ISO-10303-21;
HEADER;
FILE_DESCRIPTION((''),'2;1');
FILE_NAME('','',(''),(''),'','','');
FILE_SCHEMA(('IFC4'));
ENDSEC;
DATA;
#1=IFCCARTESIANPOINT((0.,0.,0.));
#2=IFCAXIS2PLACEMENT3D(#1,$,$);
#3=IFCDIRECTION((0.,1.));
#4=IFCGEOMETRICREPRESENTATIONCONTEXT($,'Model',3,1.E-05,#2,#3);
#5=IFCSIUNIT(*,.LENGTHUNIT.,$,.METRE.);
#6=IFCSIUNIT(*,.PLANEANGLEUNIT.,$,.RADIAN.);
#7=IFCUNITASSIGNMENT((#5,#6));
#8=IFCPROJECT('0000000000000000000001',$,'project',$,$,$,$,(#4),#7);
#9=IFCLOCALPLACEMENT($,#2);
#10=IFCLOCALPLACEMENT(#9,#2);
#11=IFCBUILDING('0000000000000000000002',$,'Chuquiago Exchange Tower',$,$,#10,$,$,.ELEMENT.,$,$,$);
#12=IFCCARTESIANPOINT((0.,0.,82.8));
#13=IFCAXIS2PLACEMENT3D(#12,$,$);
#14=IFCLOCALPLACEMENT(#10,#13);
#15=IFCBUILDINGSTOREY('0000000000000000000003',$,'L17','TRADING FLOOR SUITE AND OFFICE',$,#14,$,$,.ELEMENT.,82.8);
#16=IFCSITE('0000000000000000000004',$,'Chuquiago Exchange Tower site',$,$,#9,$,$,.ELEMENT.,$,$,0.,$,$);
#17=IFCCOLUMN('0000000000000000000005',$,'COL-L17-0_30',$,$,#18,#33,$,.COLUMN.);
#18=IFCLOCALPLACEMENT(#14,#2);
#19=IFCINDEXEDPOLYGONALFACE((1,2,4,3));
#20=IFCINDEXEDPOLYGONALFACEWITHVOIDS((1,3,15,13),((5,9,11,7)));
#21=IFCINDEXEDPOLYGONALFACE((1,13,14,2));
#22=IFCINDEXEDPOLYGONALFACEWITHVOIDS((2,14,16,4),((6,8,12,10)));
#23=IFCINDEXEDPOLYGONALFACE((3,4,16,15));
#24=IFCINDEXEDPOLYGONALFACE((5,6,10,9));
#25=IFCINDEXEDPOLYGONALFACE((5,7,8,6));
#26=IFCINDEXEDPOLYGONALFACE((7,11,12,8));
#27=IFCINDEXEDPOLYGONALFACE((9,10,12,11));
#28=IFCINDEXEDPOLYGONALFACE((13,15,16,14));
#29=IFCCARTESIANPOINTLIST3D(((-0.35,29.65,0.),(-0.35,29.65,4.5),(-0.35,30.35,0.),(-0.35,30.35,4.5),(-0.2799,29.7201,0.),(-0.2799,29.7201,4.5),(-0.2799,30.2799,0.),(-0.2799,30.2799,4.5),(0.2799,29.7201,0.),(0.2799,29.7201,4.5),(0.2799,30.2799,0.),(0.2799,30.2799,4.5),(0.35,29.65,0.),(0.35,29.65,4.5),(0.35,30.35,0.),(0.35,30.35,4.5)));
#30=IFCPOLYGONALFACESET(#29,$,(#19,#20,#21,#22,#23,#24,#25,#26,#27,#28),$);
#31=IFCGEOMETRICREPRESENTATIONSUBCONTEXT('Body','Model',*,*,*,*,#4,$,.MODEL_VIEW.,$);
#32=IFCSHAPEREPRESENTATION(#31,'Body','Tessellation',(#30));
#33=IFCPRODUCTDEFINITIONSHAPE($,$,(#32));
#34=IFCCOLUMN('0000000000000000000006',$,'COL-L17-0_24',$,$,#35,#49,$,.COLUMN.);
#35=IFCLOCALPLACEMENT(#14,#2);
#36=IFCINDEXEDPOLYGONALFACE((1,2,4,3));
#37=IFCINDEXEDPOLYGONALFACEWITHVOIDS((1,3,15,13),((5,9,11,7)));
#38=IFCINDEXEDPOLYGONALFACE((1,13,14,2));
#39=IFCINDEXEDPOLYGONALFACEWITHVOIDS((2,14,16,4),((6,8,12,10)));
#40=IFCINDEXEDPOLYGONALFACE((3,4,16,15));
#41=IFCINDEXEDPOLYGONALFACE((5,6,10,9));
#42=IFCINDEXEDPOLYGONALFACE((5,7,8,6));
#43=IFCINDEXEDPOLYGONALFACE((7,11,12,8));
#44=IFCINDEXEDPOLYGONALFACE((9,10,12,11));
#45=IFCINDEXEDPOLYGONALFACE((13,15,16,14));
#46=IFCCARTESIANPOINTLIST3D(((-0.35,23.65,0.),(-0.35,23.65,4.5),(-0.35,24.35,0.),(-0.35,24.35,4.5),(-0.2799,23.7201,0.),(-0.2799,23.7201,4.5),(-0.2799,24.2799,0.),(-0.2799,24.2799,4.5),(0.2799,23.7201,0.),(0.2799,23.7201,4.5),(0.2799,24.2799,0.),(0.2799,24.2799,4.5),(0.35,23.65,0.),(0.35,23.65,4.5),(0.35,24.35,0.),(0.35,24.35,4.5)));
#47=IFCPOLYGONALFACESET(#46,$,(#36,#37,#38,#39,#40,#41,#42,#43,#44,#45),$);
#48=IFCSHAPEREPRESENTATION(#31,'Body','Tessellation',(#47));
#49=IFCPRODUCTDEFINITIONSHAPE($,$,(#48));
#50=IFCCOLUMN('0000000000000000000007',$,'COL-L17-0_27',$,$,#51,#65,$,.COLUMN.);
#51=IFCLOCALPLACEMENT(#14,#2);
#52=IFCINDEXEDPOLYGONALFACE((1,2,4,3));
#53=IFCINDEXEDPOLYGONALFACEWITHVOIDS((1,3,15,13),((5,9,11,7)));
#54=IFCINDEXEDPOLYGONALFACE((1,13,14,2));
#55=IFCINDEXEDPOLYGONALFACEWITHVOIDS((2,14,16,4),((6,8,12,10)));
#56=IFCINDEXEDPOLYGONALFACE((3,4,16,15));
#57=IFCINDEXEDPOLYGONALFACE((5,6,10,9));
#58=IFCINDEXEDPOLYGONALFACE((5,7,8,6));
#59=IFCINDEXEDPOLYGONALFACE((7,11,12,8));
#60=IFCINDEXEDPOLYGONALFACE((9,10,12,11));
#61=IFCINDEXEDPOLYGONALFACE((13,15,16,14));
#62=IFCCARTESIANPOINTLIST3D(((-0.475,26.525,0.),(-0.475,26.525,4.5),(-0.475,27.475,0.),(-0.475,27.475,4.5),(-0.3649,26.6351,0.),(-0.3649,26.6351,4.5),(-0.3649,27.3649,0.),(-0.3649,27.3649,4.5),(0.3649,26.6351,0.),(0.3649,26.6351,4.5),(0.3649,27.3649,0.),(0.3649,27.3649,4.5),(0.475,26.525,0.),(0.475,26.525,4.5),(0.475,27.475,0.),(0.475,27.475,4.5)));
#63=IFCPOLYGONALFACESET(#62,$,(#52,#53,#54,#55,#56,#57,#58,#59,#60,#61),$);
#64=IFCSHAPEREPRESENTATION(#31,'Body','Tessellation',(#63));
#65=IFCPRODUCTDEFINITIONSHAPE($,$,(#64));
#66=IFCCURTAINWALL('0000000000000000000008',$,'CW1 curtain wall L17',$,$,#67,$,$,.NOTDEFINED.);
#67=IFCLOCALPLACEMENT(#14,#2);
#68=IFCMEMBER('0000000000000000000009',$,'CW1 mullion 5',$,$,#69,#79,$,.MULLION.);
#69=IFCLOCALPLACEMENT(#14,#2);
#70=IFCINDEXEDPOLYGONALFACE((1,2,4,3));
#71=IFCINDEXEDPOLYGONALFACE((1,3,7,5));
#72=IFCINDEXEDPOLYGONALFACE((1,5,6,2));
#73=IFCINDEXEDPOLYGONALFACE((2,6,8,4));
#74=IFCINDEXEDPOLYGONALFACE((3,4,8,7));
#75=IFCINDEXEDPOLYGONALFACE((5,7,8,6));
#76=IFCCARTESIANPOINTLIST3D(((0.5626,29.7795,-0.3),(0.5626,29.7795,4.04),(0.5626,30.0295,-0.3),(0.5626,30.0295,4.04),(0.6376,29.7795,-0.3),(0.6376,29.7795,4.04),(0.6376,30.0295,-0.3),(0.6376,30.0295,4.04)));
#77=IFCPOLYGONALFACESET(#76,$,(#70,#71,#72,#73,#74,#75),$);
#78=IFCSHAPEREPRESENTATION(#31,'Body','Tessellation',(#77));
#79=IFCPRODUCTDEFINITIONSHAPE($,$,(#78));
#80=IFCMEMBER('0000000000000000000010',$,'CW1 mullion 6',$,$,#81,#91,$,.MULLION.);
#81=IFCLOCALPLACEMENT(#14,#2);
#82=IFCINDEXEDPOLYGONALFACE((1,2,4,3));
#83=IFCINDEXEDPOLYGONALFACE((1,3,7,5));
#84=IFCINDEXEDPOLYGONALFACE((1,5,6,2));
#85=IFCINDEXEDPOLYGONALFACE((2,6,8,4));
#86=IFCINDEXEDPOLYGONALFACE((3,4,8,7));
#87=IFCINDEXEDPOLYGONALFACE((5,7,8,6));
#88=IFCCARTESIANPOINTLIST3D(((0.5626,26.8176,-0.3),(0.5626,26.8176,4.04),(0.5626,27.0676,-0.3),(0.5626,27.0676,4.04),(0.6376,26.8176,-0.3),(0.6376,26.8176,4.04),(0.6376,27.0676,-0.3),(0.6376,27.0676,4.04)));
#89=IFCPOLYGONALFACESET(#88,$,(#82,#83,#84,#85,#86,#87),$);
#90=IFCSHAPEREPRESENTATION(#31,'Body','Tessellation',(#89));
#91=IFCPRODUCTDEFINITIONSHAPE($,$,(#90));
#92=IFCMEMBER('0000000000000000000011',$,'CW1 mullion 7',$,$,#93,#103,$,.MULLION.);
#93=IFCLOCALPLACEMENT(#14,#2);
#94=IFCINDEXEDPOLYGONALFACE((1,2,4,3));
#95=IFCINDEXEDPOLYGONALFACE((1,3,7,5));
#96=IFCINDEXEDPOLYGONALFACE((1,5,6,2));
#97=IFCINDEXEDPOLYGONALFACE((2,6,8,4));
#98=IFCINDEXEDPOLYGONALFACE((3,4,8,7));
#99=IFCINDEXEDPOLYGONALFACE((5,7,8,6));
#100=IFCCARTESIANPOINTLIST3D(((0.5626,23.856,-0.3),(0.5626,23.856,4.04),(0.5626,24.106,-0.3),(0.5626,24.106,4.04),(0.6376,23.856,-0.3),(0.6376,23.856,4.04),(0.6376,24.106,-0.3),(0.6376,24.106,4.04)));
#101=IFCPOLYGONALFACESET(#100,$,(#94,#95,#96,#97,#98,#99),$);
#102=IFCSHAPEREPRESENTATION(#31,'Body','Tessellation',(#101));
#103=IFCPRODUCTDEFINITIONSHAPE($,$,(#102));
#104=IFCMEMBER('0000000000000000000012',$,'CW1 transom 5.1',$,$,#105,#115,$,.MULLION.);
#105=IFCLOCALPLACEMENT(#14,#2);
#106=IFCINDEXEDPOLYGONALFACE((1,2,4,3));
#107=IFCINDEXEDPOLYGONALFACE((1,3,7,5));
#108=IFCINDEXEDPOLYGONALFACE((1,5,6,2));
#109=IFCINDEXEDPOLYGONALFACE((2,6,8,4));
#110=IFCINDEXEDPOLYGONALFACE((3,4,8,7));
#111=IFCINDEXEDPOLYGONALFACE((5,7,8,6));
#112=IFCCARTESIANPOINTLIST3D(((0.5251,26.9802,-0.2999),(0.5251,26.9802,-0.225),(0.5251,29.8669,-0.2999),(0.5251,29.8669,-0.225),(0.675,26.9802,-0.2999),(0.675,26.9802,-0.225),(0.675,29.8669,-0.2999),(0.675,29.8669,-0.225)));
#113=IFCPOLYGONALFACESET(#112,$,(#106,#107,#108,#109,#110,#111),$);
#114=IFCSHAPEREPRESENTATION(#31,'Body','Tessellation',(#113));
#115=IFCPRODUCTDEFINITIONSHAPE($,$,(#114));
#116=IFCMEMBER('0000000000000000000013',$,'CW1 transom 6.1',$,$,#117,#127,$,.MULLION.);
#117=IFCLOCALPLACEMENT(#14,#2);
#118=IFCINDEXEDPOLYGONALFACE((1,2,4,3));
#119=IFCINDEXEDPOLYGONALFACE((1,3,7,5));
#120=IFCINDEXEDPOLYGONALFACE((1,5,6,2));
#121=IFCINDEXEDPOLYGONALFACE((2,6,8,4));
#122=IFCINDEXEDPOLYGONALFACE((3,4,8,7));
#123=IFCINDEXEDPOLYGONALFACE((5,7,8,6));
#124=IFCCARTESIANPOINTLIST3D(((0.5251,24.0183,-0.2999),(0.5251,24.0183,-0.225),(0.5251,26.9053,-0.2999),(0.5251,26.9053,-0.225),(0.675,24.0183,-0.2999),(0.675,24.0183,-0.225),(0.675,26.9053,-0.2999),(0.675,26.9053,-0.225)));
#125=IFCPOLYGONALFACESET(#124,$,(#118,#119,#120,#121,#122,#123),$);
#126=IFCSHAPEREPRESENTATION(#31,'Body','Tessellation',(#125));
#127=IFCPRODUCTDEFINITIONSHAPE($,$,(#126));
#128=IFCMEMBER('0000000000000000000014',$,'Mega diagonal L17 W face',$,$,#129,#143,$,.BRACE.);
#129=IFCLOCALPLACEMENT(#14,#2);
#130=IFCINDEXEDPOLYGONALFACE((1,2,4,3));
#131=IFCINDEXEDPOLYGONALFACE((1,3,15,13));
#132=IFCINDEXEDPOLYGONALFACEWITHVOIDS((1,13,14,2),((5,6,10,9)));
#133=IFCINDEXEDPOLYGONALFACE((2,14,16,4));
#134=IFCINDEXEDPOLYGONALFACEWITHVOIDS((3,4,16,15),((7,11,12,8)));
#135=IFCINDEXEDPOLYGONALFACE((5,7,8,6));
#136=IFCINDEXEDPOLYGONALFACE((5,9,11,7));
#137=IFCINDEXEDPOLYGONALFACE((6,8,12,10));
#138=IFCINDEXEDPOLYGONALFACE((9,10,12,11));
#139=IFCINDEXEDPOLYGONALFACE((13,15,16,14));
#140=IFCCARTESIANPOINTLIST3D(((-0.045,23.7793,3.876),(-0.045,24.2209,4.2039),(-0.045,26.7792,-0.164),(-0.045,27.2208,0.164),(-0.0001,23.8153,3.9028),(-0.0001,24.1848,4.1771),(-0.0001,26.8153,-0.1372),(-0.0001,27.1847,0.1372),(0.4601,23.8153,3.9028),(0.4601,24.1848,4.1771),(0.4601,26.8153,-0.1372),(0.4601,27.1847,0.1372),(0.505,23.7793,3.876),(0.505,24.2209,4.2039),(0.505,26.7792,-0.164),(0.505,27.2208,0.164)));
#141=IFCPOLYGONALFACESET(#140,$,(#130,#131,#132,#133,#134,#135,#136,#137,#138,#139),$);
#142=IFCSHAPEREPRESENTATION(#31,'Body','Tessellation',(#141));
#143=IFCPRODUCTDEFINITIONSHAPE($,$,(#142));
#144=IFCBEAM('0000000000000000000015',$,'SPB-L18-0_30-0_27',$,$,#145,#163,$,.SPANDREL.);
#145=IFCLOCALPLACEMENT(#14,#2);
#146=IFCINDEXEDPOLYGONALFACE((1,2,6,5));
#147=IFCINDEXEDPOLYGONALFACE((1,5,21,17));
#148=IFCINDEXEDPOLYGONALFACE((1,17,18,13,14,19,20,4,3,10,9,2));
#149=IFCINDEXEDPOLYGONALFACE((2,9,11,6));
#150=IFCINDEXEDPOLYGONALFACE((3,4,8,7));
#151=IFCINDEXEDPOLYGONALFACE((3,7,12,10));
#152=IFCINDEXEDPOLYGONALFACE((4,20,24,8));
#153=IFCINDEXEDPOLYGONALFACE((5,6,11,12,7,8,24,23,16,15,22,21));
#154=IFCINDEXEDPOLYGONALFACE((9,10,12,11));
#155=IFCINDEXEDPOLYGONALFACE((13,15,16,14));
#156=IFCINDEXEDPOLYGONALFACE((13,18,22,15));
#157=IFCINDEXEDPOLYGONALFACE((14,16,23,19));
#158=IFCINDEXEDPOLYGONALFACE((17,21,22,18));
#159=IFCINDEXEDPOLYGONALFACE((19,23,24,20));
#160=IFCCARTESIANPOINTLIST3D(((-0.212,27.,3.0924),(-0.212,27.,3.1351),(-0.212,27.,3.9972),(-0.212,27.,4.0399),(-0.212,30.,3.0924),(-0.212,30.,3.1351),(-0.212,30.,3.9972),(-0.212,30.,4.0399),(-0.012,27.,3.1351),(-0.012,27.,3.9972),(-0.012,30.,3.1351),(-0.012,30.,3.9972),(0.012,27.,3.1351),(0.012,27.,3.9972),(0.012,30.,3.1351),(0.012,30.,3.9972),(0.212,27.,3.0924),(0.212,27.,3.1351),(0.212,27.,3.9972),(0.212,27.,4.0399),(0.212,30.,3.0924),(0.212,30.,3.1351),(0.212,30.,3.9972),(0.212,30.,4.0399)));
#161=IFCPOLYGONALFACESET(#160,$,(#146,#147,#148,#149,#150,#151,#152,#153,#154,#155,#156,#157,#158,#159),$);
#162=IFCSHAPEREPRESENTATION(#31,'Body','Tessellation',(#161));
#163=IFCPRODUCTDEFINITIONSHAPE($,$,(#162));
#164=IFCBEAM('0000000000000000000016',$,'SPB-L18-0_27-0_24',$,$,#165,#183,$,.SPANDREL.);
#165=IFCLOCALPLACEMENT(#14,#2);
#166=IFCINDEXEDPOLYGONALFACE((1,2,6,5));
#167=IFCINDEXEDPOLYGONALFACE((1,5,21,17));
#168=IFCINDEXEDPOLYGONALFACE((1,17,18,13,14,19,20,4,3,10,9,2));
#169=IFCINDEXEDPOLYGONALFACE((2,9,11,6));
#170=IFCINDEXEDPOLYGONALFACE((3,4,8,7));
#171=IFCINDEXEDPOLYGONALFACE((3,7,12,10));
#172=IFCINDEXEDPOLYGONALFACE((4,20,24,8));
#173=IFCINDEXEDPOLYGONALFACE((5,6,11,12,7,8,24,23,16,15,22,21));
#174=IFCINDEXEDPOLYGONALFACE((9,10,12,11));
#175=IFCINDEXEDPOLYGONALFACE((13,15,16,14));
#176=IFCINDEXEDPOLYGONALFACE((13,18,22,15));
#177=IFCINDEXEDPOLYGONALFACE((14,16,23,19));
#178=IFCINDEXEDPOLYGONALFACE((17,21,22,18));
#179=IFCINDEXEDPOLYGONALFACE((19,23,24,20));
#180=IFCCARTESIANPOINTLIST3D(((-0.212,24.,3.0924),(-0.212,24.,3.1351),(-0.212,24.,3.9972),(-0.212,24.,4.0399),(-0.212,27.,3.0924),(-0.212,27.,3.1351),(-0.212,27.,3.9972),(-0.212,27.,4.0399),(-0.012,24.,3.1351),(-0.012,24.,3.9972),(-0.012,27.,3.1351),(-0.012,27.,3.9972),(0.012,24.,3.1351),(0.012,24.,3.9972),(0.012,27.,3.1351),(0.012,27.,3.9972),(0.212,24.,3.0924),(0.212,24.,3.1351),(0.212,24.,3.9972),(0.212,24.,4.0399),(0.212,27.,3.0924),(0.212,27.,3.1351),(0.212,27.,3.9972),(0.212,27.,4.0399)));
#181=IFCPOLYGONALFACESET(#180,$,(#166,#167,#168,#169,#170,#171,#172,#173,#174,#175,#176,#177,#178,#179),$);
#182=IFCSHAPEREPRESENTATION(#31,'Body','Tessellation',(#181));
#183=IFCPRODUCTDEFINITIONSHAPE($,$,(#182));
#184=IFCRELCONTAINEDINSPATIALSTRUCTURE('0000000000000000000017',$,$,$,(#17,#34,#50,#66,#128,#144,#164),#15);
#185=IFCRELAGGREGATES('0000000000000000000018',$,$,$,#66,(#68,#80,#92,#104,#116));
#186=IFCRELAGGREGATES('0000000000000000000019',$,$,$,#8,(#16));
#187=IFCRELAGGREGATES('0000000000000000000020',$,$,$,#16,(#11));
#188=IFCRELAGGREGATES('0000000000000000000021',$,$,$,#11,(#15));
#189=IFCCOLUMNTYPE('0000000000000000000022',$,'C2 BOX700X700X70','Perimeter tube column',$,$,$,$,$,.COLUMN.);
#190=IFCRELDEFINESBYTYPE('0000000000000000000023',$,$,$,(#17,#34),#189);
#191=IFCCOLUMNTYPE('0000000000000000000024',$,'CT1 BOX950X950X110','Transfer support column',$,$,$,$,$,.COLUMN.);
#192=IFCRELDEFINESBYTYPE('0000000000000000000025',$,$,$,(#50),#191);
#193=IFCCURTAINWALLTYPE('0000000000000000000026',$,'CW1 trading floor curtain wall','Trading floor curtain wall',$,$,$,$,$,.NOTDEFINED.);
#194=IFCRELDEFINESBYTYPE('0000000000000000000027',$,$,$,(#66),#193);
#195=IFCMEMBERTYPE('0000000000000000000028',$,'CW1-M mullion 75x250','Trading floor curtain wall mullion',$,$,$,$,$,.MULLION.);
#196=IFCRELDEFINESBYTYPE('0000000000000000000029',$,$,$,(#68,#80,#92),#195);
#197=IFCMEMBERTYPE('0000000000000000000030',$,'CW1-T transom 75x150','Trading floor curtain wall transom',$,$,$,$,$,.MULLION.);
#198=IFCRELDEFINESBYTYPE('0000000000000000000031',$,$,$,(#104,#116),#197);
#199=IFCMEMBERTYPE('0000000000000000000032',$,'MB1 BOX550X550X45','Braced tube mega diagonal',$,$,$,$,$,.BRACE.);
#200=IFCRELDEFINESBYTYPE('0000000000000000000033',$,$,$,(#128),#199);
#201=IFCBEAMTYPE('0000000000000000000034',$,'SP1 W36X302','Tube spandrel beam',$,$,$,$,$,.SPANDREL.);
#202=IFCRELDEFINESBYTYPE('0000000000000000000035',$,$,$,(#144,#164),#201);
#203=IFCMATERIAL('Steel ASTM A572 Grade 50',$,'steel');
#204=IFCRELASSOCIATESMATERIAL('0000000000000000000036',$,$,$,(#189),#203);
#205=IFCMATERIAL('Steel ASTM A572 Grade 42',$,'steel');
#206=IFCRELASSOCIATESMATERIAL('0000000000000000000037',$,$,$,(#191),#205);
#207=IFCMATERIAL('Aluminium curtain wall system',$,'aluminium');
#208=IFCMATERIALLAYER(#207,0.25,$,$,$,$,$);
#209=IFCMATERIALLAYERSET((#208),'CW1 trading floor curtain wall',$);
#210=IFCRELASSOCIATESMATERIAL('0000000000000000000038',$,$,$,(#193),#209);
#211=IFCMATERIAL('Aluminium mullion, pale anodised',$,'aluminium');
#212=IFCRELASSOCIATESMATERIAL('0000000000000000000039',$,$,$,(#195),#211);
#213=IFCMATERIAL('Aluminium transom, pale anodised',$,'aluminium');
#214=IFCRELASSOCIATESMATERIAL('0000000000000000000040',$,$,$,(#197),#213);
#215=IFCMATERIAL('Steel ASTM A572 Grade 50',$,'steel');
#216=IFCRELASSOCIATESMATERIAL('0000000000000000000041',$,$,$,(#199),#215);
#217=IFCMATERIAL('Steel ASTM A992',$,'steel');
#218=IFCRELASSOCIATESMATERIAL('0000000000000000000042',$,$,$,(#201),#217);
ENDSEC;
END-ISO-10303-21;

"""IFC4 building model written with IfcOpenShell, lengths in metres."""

from ifc_helpers import new_model, si_unit, direction, frame, origin, origin_2d, place, context, subcontext, project, spatial, rectangle, hollow_rectangle, i_section, extrude, material, layer, layer_set, material_profile, profile_set, type_object, element, aggregate, save


model = new_model("IFC4")

# Units and contexts
model_context = context("Model", 3, precision=1e-05, world=origin(), true_north=direction((0.0, 1.0)))
body_context = subcontext(model_context, "Body", "Model", "MODEL_VIEW")
ifc_project = project(units=[si_unit("LENGTHUNIT", "METRE"), si_unit("PLANEANGLEUNIT", "RADIAN")], contexts=[model_context])

# Site, building, storey
site_placement = place(None, origin())
site = spatial("IfcSite", under=ifc_project, at=site_placement, Name="Chuquiago Exchange Tower site", CompositionType="ELEMENT", RefElevation=0.0)
building_placement = place(site_placement, origin())
building = spatial("IfcBuilding", under=site, at=building_placement, Name="Chuquiago Exchange Tower", CompositionType="ELEMENT")
storey_placement = place(building_placement, frame((0.0, 0.0, 82.8)))
storey = spatial("IfcBuildingStorey", under=building, at=storey_placement, Name="L17", Description="TRADING FLOOR SUITE AND OFFICE", CompositionType="ELEMENT", Elevation=82.8)

# Columns
ifc_material_1 = material(Name="Steel ASTM A572 Grade 50", Category="steel")
ifc_material_profile_1 = material_profile(ifc_material_1, hollow_rectangle(XDim=0.7, YDim=0.7, WallThickness=0.0701, at=origin_2d()), Name="BOX700X700X70")
ifc_profile_set_1 = profile_set([ifc_material_profile_1], Name="Steel ASTM A572 Grade 50")
column_type_1 = type_object("IfcColumnType", Name="C2 BOX700X700X70", Description="Perimeter tube column", PredefinedType="COLUMN", material=ifc_profile_set_1)
for number, where, z_axis, x_axis, name in (
    (1, (0.0, 30.0, 0.0), (0.0, 0.0, 1.0), (-1.0, 0.0, 0.0), "COL-L17-0_30"),
    (2, (0.0, 24.0, 0.0), (0.0, 0.0, 1.0), (-1.0, 0.0, 0.0), "COL-L17-0_24"),
):
    element("IfcColumn", number, at=place(storey_placement, frame(where, z_axis=z_axis, x_axis=x_axis)), inside=storey, type_object=column_type_1, Name=name, PredefinedType="COLUMN", context=body_context, shape_type="SweptSolid", body=[
        extrude(hollow_rectangle(XDim=0.7, YDim=0.7, WallThickness=0.0701, at=origin_2d()), origin(), (0.0, 0.0, 1.0), 4.5),
    ])
ifc_material_2 = material(Name="Steel ASTM A572 Grade 42", Category="steel")
ifc_material_profile_2 = material_profile(ifc_material_2, hollow_rectangle(XDim=0.95, YDim=0.95, WallThickness=0.1101, at=origin_2d()), Name="BOX950X950X110")
ifc_profile_set_2 = profile_set([ifc_material_profile_2], Name="Steel ASTM A572 Grade 42")
column_type_2 = type_object("IfcColumnType", Name="CT1 BOX950X950X110", Description="Transfer support column", PredefinedType="COLUMN", material=ifc_profile_set_2)
column_placement = place(storey_placement, frame((0.0, 27.0, 0.0), z_axis=(0.0, 0.0, 1.0), x_axis=(-1.0, 0.0, 0.0)))
element("IfcColumn", 3, at=column_placement, inside=storey, type_object=column_type_2, Name="COL-L17-0_27", PredefinedType="COLUMN", context=body_context, shape_type="SweptSolid", body=[
    extrude(hollow_rectangle(XDim=0.95, YDim=0.95, WallThickness=0.1101, at=origin_2d()), origin(), (0.0, 0.0, 1.0), 4.5),
])

# Curtain wall, members
ifc_material_3 = material(Name="Aluminium curtain wall system", Category="aluminium")
ifc_layer_1 = layer(ifc_material_3, 0.25)
ifc_layer_set_1 = layer_set([ifc_layer_1], Name="CW1 trading floor curtain wall")
curtain_wall_type = type_object("IfcCurtainWallType", Name="CW1 trading floor curtain wall", Description="Trading floor curtain wall", PredefinedType="NOTDEFINED", material=ifc_layer_set_1)
curtain_wall_placement = place(storey_placement, origin())
curtain_wall = element("IfcCurtainWall", 4, at=curtain_wall_placement, inside=storey, type_object=curtain_wall_type, Name="CW1 curtain wall L17", PredefinedType="NOTDEFINED")
ifc_material_4 = material(Name="Aluminium mullion, pale anodised", Category="aluminium")
ifc_material_profile_3 = material_profile(ifc_material_4, rectangle(XDim=0.075, YDim=0.25, at=origin_2d()), Name="AL 75x250")
ifc_profile_set_3 = profile_set([ifc_material_profile_3], Name="Aluminium mullion, pale anodised")
member_type_1 = type_object("IfcMemberType", Name="CW1-M mullion 75x250", Description="Trading floor curtain wall mullion", PredefinedType="MULLION", material=ifc_profile_set_3)
member_1_placement = place(storey_placement, frame((0.6001, 29.9045, -0.3), z_axis=(0.0, 0.0, 1.0), x_axis=(1.0, 0.0, 0.0)))
member_1 = element("IfcMember", 5, at=member_1_placement, type_object=member_type_1, Name="CW1 mullion 5", PredefinedType="MULLION", context=body_context, shape_type="SweptSolid", body=[
    extrude(rectangle(XDim=0.075, YDim=0.25, at=origin_2d()), origin(), (0.0, 0.0, 1.0), 4.3401),
])
member_2_placement = place(storey_placement, frame((0.6001, 26.9426, -0.3), z_axis=(0.0, 0.0, 1.0), x_axis=(1.0, 0.0, 0.0)))
member_2 = element("IfcMember", 6, at=member_2_placement, type_object=member_type_1, Name="CW1 mullion 6", PredefinedType="MULLION", context=body_context, shape_type="SweptSolid", body=[
    extrude(rectangle(XDim=0.075, YDim=0.25, at=origin_2d()), origin(), (0.0, 0.0, 1.0), 4.3401),
])
member_3_placement = place(storey_placement, frame((0.6001, 23.981, -0.3), z_axis=(0.0, 0.0, 1.0), x_axis=(1.0, 0.0, 0.0)))
member_3 = element("IfcMember", 7, at=member_3_placement, type_object=member_type_1, Name="CW1 mullion 7", PredefinedType="MULLION", context=body_context, shape_type="SweptSolid", body=[
    extrude(rectangle(XDim=0.075, YDim=0.25, at=origin_2d()), origin(), (0.0, 0.0, 1.0), 4.3401),
])
ifc_material_5 = material(Name="Aluminium transom, pale anodised", Category="aluminium")
ifc_material_profile_4 = material_profile(ifc_material_5, rectangle(XDim=0.1499, YDim=0.075, at=origin_2d()), Name="AL 150x75")
ifc_profile_set_4 = profile_set([ifc_material_profile_4], Name="Aluminium transom, pale anodised")
member_type_2 = type_object("IfcMemberType", Name="CW1-T transom 75x150", Description="Trading floor curtain wall transom", PredefinedType="MULLION", material=ifc_profile_set_4)
member_4_placement = place(storey_placement, frame((0.6001, 29.8669, -0.2625), z_axis=(0.0, -1.0, 0.0), x_axis=(1.0, 0.0, 0.0)))
member_4 = element("IfcMember", 8, at=member_4_placement, type_object=member_type_2, Name="CW1 transom 5.1", PredefinedType="MULLION", context=body_context, shape_type="SweptSolid", body=[
    extrude(rectangle(XDim=0.1499, YDim=0.075, at=origin_2d()), origin(), (0.0, 0.0, 1.0), 2.8867),
])
member_5_placement = place(storey_placement, frame((0.6001, 26.9053, -0.2625), z_axis=(0.0, -1.0, 0.0), x_axis=(1.0, 0.0, 0.0)))
member_5 = element("IfcMember", 9, at=member_5_placement, type_object=member_type_2, Name="CW1 transom 6.1", PredefinedType="MULLION", context=body_context, shape_type="SweptSolid", body=[
    extrude(rectangle(XDim=0.1499, YDim=0.075, at=origin_2d()), origin(), (0.0, 0.0, 1.0), 2.887),
])

# Member
ifc_material_6 = material(Name="Steel ASTM A572 Grade 50", Category="steel")
ifc_material_profile_5 = material_profile(ifc_material_6, hollow_rectangle(XDim=0.55, YDim=0.55, WallThickness=0.0449, at=origin_2d()), Name="BOX550X550X45")
ifc_profile_set_5 = profile_set([ifc_material_profile_5], Name="Steel ASTM A572 Grade 50")
member_type_3 = type_object("IfcMemberType", Name="MB1 BOX550X550X45", Description="Braced tube mega diagonal", PredefinedType="BRACE", material=ifc_profile_set_5)
member_6_placement = place(storey_placement, frame((0.23, 27.0, 0.0), z_axis=(0.0, -0.596174, 0.802855), x_axis=(1.0, 0.0, 0.0)))
element("IfcMember", 10, at=member_6_placement, inside=storey, type_object=member_type_3, Name="Mega diagonal L17 W face", PredefinedType="BRACE", context=body_context, shape_type="SweptSolid", body=[
    extrude(hollow_rectangle(XDim=0.55, YDim=0.55, WallThickness=0.0449, at=origin_2d()), origin(), (0.0, 0.0, 1.0), 5.032),
])

# Beams
ifc_material_7 = material(Name="Steel ASTM A992", Category="steel")
ifc_material_profile_6 = material_profile(ifc_material_7, i_section(OverallWidth=0.4241, OverallDepth=0.9475, WebThickness=0.0239, FlangeThickness=0.0427, at=origin_2d()), Name="W36X302")
ifc_profile_set_6 = profile_set([ifc_material_profile_6], Name="Steel ASTM A992")
beam_type = type_object("IfcBeamType", Name="SP1 W36X302", Description="Tube spandrel beam", PredefinedType="SPANDREL", material=ifc_profile_set_6)
for number, where, z_axis, x_axis, name in (
    (11, (0.0, 30.0, 3.5662), (0.0, -1.0, 0.0), (1.0, 0.0, 0.0), "SPB-L18-0_30-0_27"),
    (12, (0.0, 27.0, 3.5662), (0.0, -1.0, 0.0), (1.0, 0.0, 0.0), "SPB-L18-0_27-0_24"),
):
    element("IfcBeam", number, at=place(storey_placement, frame(where, z_axis=z_axis, x_axis=x_axis)), inside=storey, type_object=beam_type, Name=name, PredefinedType="SPANDREL", context=body_context, shape_type="SweptSolid", body=[
        extrude(i_section(OverallWidth=0.4241, OverallDepth=0.9475, WebThickness=0.0239, FlangeThickness=0.0427, at=origin_2d()), origin(), (0.0, 0.0, 1.0), 3.0),
    ])

aggregate(curtain_wall, [member_1, member_2, member_3, member_4, member_5])

save(model, "model.ifc")
